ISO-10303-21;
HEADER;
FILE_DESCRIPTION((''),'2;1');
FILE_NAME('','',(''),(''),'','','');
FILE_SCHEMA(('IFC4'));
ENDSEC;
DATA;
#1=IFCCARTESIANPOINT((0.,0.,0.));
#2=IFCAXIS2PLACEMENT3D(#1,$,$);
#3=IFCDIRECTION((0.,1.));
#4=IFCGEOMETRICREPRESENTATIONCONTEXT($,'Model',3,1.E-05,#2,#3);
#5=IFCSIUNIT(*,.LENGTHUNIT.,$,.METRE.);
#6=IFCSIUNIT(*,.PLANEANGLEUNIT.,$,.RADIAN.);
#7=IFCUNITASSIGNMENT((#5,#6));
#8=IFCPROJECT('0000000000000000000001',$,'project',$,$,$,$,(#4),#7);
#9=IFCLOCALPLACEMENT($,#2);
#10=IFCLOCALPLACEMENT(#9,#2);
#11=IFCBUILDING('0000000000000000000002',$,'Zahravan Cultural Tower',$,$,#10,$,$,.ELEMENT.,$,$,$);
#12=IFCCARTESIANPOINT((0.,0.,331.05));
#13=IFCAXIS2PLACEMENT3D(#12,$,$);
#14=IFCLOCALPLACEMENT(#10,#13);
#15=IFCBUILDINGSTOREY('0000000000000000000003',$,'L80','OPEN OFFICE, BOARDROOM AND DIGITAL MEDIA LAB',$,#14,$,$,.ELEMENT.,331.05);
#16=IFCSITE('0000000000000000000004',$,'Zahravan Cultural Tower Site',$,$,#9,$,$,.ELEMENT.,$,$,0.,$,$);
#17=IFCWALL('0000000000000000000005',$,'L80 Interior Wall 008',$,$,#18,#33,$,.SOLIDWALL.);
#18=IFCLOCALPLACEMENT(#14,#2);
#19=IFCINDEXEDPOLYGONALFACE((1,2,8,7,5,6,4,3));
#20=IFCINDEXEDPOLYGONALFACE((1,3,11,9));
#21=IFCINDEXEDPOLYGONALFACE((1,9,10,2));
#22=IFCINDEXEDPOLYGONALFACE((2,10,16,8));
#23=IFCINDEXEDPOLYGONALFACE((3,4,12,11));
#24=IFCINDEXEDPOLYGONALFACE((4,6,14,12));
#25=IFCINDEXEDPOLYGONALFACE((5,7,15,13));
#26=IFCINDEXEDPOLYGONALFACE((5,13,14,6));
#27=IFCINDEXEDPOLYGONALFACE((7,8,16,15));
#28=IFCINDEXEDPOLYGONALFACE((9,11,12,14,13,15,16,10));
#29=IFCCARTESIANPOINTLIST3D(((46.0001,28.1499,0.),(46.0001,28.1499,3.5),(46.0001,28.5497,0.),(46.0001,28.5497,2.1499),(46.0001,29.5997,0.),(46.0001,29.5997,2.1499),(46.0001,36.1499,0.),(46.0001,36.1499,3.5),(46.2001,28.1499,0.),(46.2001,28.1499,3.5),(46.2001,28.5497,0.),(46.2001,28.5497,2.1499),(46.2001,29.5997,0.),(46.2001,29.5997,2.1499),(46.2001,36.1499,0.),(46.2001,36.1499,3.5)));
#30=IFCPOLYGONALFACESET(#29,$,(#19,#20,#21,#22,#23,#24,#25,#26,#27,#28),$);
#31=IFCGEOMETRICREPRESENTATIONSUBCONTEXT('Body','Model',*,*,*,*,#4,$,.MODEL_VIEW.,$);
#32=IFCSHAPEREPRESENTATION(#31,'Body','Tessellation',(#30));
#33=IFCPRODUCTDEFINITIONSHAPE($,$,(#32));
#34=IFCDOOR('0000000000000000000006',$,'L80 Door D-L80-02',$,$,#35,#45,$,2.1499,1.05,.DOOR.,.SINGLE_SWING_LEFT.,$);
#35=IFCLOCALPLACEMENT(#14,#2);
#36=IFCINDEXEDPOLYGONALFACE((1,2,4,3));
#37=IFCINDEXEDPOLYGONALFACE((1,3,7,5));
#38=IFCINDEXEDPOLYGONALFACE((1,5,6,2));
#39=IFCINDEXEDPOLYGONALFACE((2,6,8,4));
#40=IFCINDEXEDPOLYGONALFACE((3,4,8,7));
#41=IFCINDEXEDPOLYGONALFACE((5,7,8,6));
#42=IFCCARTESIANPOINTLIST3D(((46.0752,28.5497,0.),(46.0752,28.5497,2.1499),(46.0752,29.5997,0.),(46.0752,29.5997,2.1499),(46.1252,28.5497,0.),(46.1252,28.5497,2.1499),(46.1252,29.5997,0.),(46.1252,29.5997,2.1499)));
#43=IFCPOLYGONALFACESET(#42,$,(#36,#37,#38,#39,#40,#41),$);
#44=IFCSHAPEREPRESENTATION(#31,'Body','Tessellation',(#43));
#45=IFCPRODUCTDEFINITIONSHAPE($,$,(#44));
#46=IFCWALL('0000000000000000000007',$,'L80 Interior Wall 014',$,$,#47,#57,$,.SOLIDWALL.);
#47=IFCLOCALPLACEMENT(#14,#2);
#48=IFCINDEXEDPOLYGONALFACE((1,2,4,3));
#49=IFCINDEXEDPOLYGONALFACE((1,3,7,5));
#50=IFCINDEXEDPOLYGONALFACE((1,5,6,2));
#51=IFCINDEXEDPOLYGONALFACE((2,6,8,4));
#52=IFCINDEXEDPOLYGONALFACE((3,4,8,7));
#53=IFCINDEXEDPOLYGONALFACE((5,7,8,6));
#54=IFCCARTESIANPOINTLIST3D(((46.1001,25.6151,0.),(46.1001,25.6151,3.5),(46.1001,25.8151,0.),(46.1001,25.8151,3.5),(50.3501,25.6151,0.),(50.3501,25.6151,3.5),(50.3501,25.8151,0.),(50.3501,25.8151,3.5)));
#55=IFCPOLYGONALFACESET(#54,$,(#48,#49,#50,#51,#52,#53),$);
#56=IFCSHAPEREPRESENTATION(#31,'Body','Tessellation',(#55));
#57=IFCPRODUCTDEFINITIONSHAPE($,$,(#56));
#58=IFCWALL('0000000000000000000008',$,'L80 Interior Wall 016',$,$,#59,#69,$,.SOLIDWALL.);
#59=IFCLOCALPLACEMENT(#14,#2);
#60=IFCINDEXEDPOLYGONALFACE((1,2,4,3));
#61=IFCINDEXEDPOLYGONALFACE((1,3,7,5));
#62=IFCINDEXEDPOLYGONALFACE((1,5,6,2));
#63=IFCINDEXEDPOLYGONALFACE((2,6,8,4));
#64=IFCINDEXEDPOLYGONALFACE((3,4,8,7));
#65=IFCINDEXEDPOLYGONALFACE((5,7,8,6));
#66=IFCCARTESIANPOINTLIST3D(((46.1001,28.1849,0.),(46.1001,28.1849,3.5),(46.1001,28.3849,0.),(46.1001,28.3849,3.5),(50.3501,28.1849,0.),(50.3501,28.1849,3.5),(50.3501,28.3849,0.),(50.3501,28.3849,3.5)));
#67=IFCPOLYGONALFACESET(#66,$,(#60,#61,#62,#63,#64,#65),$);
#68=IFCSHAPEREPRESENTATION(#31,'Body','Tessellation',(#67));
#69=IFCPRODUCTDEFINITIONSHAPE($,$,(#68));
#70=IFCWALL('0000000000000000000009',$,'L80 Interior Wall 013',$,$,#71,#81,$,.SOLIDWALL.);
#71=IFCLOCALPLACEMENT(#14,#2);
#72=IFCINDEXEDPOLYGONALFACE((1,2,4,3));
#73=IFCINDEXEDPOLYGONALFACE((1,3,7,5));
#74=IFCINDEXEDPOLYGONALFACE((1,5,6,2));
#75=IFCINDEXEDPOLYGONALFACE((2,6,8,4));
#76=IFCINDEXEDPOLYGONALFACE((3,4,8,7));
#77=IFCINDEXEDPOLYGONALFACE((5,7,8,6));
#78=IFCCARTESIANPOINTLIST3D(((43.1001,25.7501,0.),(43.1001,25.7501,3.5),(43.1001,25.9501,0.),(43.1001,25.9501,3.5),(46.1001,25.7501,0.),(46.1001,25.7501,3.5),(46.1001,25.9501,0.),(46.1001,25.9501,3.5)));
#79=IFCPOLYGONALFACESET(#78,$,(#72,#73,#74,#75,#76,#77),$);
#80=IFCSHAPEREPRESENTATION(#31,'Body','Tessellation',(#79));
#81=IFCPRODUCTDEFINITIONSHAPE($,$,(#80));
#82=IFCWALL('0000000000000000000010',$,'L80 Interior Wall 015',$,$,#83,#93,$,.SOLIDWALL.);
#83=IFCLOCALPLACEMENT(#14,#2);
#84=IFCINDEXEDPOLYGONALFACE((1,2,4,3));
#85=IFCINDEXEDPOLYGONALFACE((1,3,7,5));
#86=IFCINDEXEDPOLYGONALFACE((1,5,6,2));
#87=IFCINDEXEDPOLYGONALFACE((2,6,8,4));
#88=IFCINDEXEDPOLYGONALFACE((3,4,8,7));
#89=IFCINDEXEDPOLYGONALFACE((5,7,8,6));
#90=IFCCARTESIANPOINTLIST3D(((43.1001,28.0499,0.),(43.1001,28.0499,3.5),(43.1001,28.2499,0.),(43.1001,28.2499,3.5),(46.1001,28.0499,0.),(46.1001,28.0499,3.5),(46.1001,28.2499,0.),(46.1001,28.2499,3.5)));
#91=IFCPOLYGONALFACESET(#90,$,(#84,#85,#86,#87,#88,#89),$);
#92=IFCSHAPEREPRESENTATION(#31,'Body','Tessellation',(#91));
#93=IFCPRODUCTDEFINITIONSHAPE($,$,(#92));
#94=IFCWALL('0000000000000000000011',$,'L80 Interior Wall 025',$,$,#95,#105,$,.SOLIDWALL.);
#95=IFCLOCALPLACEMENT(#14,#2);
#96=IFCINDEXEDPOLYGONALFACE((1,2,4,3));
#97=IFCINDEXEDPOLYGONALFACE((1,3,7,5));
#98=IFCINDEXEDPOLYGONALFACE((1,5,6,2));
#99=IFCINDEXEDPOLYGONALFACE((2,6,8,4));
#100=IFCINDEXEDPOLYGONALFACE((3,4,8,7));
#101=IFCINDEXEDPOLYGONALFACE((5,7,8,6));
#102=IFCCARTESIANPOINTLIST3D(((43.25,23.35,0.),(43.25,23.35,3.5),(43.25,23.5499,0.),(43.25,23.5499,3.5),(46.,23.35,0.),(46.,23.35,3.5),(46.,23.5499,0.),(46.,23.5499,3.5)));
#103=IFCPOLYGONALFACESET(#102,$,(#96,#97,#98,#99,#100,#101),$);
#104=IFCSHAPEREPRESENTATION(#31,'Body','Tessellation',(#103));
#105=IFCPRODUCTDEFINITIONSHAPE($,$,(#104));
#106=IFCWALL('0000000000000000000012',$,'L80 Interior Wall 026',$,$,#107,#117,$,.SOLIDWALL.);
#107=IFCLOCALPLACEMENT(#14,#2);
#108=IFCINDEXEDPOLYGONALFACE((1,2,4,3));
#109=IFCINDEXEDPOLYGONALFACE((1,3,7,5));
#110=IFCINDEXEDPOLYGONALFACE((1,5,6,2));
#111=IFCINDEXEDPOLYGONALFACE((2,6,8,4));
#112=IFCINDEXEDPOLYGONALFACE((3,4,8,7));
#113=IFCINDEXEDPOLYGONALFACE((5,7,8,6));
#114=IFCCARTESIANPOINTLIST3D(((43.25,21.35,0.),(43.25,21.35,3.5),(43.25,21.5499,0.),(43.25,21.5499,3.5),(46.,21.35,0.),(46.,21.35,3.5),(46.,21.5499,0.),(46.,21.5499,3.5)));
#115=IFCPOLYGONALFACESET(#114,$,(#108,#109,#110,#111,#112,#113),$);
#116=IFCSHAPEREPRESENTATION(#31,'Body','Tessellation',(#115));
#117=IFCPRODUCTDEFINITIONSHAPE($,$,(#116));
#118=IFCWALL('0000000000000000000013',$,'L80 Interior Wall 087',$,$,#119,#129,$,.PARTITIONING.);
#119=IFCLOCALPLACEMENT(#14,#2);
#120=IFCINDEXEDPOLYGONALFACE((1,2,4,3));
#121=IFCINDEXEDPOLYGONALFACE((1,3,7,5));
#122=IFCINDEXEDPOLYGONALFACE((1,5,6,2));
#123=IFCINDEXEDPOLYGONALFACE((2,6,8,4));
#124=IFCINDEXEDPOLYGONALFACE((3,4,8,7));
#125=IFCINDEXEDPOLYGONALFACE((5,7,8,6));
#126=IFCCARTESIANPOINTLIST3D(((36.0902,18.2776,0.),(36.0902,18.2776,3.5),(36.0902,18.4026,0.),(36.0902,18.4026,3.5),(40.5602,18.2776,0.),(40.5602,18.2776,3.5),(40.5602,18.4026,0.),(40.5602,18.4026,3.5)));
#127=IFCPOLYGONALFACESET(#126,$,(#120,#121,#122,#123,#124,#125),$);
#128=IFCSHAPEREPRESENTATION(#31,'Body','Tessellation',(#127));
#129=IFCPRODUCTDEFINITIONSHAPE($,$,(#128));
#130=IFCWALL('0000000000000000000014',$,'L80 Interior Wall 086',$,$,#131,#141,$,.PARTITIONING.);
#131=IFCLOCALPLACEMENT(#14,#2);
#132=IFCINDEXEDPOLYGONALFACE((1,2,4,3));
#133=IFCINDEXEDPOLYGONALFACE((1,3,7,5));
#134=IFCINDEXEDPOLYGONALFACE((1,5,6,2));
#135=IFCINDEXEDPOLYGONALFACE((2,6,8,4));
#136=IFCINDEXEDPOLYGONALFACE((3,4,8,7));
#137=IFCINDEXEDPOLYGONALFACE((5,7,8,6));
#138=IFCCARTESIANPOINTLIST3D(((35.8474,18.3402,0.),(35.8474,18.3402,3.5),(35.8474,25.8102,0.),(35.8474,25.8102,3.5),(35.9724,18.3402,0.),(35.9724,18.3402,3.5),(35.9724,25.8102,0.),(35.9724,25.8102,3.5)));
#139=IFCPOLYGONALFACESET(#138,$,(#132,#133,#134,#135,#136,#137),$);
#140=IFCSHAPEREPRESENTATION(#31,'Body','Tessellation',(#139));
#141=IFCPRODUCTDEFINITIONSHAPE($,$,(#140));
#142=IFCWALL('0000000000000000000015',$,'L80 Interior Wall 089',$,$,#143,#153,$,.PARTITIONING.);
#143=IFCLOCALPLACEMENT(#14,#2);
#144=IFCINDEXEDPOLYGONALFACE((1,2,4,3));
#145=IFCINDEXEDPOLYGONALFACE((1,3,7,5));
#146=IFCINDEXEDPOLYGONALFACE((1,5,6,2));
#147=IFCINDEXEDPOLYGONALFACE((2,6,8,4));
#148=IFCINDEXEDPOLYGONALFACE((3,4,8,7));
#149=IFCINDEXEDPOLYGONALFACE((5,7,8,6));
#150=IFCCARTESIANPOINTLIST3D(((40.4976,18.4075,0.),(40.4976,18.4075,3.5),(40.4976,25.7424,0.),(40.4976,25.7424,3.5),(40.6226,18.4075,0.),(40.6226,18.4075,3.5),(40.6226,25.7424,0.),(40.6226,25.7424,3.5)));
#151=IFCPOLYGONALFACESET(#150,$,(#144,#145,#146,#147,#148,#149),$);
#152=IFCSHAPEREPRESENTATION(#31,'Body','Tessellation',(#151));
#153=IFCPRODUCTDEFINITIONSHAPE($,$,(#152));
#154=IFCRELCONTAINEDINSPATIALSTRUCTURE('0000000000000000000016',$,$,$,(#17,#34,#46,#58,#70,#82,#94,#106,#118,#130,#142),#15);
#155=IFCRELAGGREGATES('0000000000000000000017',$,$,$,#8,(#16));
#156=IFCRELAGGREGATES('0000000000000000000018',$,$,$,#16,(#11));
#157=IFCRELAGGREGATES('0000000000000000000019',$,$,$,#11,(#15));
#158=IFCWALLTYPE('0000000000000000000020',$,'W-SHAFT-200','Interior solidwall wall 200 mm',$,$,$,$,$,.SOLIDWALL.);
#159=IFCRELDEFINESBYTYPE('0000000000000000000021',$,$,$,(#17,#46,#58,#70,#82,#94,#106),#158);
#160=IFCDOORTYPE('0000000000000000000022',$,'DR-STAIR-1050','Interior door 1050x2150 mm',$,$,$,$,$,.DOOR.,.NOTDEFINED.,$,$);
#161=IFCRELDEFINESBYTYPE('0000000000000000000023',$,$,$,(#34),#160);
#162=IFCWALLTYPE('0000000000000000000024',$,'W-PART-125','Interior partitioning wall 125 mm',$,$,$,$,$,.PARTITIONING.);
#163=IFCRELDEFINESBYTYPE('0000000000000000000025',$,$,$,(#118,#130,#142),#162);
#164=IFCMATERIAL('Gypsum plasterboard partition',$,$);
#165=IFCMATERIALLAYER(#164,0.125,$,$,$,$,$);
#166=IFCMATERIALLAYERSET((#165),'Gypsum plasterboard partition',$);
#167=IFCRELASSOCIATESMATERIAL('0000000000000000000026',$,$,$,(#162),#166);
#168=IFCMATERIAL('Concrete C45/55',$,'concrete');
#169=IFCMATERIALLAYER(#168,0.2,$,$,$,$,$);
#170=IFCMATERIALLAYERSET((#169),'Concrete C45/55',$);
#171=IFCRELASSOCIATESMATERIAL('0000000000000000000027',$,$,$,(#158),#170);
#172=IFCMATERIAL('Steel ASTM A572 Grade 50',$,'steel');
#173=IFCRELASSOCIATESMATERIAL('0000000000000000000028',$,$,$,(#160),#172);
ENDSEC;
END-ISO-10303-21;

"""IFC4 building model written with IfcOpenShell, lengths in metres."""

from ifc_helpers import new_model, si_unit, direction, frame, frame_2d, origin, place, context, subcontext, project, spatial, rectangle, extrude, source, transform, mapped, material, layer, layer_set, type_object, element, fill, save


model = new_model("IFC4")

# Units and contexts
model_context = context("Model", 3, precision=1e-05, world=origin(), true_north=direction((0.0, 1.0)))
body_context = subcontext(model_context, "Body", "Model", "MODEL_VIEW")
ifc_project = project(units=[si_unit("LENGTHUNIT", "METRE"), si_unit("PLANEANGLEUNIT", "RADIAN")], contexts=[model_context])

# Site, building, storey
site_placement = place(None, origin())
site = spatial("IfcSite", under=ifc_project, at=site_placement, Name="Zahravan Cultural Tower Site", CompositionType="ELEMENT", RefElevation=0.0)
building_placement = place(site_placement, origin())
building = spatial("IfcBuilding", under=site, at=building_placement, Name="Zahravan Cultural Tower", CompositionType="ELEMENT")
storey_placement = place(building_placement, frame((0.0, 0.0, 331.05)))
storey = spatial("IfcBuildingStorey", under=building, at=storey_placement, Name="L80", Description="OPEN OFFICE, BOARDROOM AND DIGITAL MEDIA LAB", CompositionType="ELEMENT", Elevation=331.05)

# Wall, opening, door
ifc_material_1 = material(Name="Steel ASTM A572 Grade 50", Category="steel")
ifc_material_2 = material(Name="Gypsum plasterboard partition")
ifc_layer_1 = layer(ifc_material_2, 0.125)
ifc_layer_set_1 = layer_set([ifc_layer_1], Name="Gypsum plasterboard partition")
wall_type_1 = type_object("IfcWallType", Name="W-PART-125", Description="Interior partitioning wall 125 mm", PredefinedType="PARTITIONING", material=ifc_layer_set_1)
ifc_material_3 = material(Name="Concrete C45/55", Category="concrete")
ifc_layer_2 = layer(ifc_material_3, 0.2)
ifc_layer_set_2 = layer_set([ifc_layer_2], Name="Concrete C45/55")
wall_type_2 = type_object("IfcWallType", Name="W-SHAFT-200", Description="Interior solidwall wall 200 mm", PredefinedType="SOLIDWALL", material=ifc_layer_set_2)
wall_1_placement = place(storey_placement, frame((46.1001, 28.1499, 0.0), z_axis=(0.0, 0.0, 1.0), x_axis=(0.0, 1.0, 0.0)))
wall_1 = element("IfcWall", 1, at=wall_1_placement, inside=storey, type_object=wall_type_2, Name="L80 Interior Wall 008", PredefinedType="SOLIDWALL", context=body_context, shape_type="SweptSolid", body=[
    extrude(rectangle(XDim=8.0, YDim=0.2, at=frame_2d((4.0, 0.0))), origin(), (0.0, 0.0, 1.0), 3.5),
])
opening_1_placement = place(wall_1_placement, frame((0.3999, 0.0, 0.0)))
opening_1 = element("IfcOpeningElement", 2, at=opening_1_placement, cuts=wall_1, PredefinedType="OPENING", context=body_context, shape_type="SweptSolid", body=[
    extrude(rectangle(XDim=1.05, YDim=2.1499, at=frame_2d((0.5249, 1.075))), frame((0.0, 0.1099, 0.0), z_axis=(0.0, -1.0, 0.0), x_axis=(1.0, 0.0, 0.0)), (0.0, 0.0, 1.0), 0.22),
])
door_type_1 = type_object("IfcDoorType", Name="DR-STAIR-1050", Description="Interior door 1050x2150 mm", OperationType="NOTDEFINED", PredefinedType="DOOR", material=ifc_material_1)
shared_shape_1 = source(origin(), body_context, "Body", "SweptSolid", [
    extrude(rectangle(XDim=1.05, YDim=2.1499, at=frame_2d((0.5249, 1.075))), frame((0.0, 0.0249, 0.0), z_axis=(0.0, -1.0, 0.0), x_axis=(1.0, 0.0, 0.0)), (0.0, 0.0, 1.0), 0.05),
])
door_1_placement = place(opening_1_placement, origin())
door_1 = element("IfcDoor", 3, at=door_1_placement, inside=storey, type_object=door_type_1, Name="L80 Door D-L80-02", OperationType="SINGLE_SWING_LEFT", OverallHeight=2.1499, OverallWidth=1.05, PredefinedType="DOOR", context=body_context, shape_type="MappedRepresentation", body=[
    mapped(shared_shape_1, transform((0.0, 0.0, 0.0), x_axis=(1.0, 0.0, 0.0), y_axis=(0.0, 1.0, 0.0), z_axis=(0.0, 0.0, 1.0), scale=1.0)),
])
fill(opening_1, door_1)

# Walls
shared_shape_2 = source(origin(), body_context, "Body", "SweptSolid", [
    extrude(rectangle(XDim=4.25, YDim=0.2, at=frame_2d((2.125, 0.0))), origin(), (0.0, 0.0, 1.0), 3.5),
])
for number, where, z_axis, x_axis, name in (
    (4, (46.1001, 25.7151, 0.0), (0.0, 0.0, 1.0), (1.0, 0.0, 0.0), "L80 Interior Wall 014"),
    (5, (46.1001, 28.2849, 0.0), (0.0, 0.0, 1.0), (1.0, 0.0, 0.0), "L80 Interior Wall 016"),
):
    element("IfcWall", number, at=place(storey_placement, frame(where, z_axis=z_axis, x_axis=x_axis)), inside=storey, type_object=wall_type_2, Name=name, PredefinedType="SOLIDWALL", context=body_context, shape_type="MappedRepresentation", body=[
        mapped(shared_shape_2, transform((0.0, 0.0, 0.0), x_axis=(1.0, 0.0, 0.0), y_axis=(0.0, 1.0, 0.0), z_axis=(0.0, 0.0, 1.0), scale=1.0)),
    ])
shared_shape_3 = source(origin(), body_context, "Body", "SweptSolid", [
    extrude(rectangle(XDim=3.0, YDim=0.2, at=frame_2d((1.5, 0.0))), origin(), (0.0, 0.0, 1.0), 3.5),
])
for number, where, z_axis, x_axis, name in (
    (6, (43.1001, 25.8501, 0.0), (0.0, 0.0, 1.0), (1.0, 0.0, 0.0), "L80 Interior Wall 013"),
    (7, (43.1001, 28.1499, 0.0), (0.0, 0.0, 1.0), (1.0, 0.0, 0.0), "L80 Interior Wall 015"),
):
    element("IfcWall", number, at=place(storey_placement, frame(where, z_axis=z_axis, x_axis=x_axis)), inside=storey, type_object=wall_type_2, Name=name, PredefinedType="SOLIDWALL", context=body_context, shape_type="MappedRepresentation", body=[
        mapped(shared_shape_3, transform((0.0, 0.0, 0.0), x_axis=(1.0, 0.0, 0.0), y_axis=(0.0, 1.0, 0.0), z_axis=(0.0, 0.0, 1.0), scale=1.0)),
    ])
shared_shape_4 = source(origin(), body_context, "Body", "SweptSolid", [
    extrude(rectangle(XDim=2.75, YDim=0.2, at=frame_2d((1.375, 0.0))), origin(), (0.0, 0.0, 1.0), 3.5),
])
for number, where, z_axis, x_axis, name in (
    (8, (43.25, 23.45, 0.0), (0.0, 0.0, 1.0), (1.0, 0.0, 0.0), "L80 Interior Wall 025"),
    (9, (43.25, 21.45, 0.0), (0.0, 0.0, 1.0), (1.0, 0.0, 0.0), "L80 Interior Wall 026"),
):
    element("IfcWall", number, at=place(storey_placement, frame(where, z_axis=z_axis, x_axis=x_axis)), inside=storey, type_object=wall_type_2, Name=name, PredefinedType="SOLIDWALL", context=body_context, shape_type="MappedRepresentation", body=[
        mapped(shared_shape_4, transform((0.0, 0.0, 0.0), x_axis=(1.0, 0.0, 0.0), y_axis=(0.0, 1.0, 0.0), z_axis=(0.0, 0.0, 1.0), scale=1.0)),
    ])
shared_shape_5 = source(origin(), body_context, "Body", "SweptSolid", [
    extrude(rectangle(XDim=4.47, YDim=0.125, at=frame_2d((2.2349, 0.0))), origin(), (0.0, 0.0, 1.0), 3.5),
])
wall_2_placement = place(storey_placement, frame((40.5601, 18.3401, 0.0), z_axis=(0.0, 0.0, 1.0), x_axis=(-1.0, 0.0, 0.0)))
element("IfcWall", 10, at=wall_2_placement, inside=storey, type_object=wall_type_1, Name="L80 Interior Wall 087", PredefinedType="PARTITIONING", context=body_context, shape_type="MappedRepresentation", body=[
    mapped(shared_shape_5, transform((0.0, 0.0, 0.0), x_axis=(1.0, 0.0, 0.0), y_axis=(0.0, 1.0, 0.0), z_axis=(0.0, 0.0, 1.0), scale=1.0)),
])
shared_shape_6 = source(origin(), body_context, "Body", "SweptSolid", [
    extrude(rectangle(XDim=7.47, YDim=0.125, at=frame_2d((3.7349, 0.0))), origin(), (0.0, 0.0, 1.0), 3.5),
])
wall_3_placement = place(storey_placement, frame((35.9099, 25.8101, 0.0), z_axis=(0.0, 0.0, 1.0), x_axis=(0.0, -1.0, 0.0)))
element("IfcWall", 11, at=wall_3_placement, inside=storey, type_object=wall_type_1, Name="L80 Interior Wall 086", PredefinedType="PARTITIONING", context=body_context, shape_type="MappedRepresentation", body=[
    mapped(shared_shape_6, transform((0.0, 0.0, 0.0), x_axis=(1.0, 0.0, 0.0), y_axis=(0.0, 1.0, 0.0), z_axis=(0.0, 0.0, 1.0), scale=1.0)),
])
shared_shape_7 = source(origin(), body_context, "Body", "SweptSolid", [
    extrude(rectangle(XDim=7.335, YDim=0.125, at=frame_2d((3.6675, 0.0))), origin(), (0.0, 0.0, 1.0), 3.5),
])
wall_4_placement = place(storey_placement, frame((40.5601, 25.7424, 0.0), z_axis=(0.0, 0.0, 1.0), x_axis=(0.0, -1.0, 0.0)))
element("IfcWall", 12, at=wall_4_placement, inside=storey, type_object=wall_type_1, Name="L80 Interior Wall 089", PredefinedType="PARTITIONING", context=body_context, shape_type="MappedRepresentation", body=[
    mapped(shared_shape_7, transform((0.0, 0.0, 0.0), x_axis=(1.0, 0.0, 0.0), y_axis=(0.0, 1.0, 0.0), z_axis=(0.0, 0.0, 1.0), scale=1.0)),
])

save(model, "model.ifc")
